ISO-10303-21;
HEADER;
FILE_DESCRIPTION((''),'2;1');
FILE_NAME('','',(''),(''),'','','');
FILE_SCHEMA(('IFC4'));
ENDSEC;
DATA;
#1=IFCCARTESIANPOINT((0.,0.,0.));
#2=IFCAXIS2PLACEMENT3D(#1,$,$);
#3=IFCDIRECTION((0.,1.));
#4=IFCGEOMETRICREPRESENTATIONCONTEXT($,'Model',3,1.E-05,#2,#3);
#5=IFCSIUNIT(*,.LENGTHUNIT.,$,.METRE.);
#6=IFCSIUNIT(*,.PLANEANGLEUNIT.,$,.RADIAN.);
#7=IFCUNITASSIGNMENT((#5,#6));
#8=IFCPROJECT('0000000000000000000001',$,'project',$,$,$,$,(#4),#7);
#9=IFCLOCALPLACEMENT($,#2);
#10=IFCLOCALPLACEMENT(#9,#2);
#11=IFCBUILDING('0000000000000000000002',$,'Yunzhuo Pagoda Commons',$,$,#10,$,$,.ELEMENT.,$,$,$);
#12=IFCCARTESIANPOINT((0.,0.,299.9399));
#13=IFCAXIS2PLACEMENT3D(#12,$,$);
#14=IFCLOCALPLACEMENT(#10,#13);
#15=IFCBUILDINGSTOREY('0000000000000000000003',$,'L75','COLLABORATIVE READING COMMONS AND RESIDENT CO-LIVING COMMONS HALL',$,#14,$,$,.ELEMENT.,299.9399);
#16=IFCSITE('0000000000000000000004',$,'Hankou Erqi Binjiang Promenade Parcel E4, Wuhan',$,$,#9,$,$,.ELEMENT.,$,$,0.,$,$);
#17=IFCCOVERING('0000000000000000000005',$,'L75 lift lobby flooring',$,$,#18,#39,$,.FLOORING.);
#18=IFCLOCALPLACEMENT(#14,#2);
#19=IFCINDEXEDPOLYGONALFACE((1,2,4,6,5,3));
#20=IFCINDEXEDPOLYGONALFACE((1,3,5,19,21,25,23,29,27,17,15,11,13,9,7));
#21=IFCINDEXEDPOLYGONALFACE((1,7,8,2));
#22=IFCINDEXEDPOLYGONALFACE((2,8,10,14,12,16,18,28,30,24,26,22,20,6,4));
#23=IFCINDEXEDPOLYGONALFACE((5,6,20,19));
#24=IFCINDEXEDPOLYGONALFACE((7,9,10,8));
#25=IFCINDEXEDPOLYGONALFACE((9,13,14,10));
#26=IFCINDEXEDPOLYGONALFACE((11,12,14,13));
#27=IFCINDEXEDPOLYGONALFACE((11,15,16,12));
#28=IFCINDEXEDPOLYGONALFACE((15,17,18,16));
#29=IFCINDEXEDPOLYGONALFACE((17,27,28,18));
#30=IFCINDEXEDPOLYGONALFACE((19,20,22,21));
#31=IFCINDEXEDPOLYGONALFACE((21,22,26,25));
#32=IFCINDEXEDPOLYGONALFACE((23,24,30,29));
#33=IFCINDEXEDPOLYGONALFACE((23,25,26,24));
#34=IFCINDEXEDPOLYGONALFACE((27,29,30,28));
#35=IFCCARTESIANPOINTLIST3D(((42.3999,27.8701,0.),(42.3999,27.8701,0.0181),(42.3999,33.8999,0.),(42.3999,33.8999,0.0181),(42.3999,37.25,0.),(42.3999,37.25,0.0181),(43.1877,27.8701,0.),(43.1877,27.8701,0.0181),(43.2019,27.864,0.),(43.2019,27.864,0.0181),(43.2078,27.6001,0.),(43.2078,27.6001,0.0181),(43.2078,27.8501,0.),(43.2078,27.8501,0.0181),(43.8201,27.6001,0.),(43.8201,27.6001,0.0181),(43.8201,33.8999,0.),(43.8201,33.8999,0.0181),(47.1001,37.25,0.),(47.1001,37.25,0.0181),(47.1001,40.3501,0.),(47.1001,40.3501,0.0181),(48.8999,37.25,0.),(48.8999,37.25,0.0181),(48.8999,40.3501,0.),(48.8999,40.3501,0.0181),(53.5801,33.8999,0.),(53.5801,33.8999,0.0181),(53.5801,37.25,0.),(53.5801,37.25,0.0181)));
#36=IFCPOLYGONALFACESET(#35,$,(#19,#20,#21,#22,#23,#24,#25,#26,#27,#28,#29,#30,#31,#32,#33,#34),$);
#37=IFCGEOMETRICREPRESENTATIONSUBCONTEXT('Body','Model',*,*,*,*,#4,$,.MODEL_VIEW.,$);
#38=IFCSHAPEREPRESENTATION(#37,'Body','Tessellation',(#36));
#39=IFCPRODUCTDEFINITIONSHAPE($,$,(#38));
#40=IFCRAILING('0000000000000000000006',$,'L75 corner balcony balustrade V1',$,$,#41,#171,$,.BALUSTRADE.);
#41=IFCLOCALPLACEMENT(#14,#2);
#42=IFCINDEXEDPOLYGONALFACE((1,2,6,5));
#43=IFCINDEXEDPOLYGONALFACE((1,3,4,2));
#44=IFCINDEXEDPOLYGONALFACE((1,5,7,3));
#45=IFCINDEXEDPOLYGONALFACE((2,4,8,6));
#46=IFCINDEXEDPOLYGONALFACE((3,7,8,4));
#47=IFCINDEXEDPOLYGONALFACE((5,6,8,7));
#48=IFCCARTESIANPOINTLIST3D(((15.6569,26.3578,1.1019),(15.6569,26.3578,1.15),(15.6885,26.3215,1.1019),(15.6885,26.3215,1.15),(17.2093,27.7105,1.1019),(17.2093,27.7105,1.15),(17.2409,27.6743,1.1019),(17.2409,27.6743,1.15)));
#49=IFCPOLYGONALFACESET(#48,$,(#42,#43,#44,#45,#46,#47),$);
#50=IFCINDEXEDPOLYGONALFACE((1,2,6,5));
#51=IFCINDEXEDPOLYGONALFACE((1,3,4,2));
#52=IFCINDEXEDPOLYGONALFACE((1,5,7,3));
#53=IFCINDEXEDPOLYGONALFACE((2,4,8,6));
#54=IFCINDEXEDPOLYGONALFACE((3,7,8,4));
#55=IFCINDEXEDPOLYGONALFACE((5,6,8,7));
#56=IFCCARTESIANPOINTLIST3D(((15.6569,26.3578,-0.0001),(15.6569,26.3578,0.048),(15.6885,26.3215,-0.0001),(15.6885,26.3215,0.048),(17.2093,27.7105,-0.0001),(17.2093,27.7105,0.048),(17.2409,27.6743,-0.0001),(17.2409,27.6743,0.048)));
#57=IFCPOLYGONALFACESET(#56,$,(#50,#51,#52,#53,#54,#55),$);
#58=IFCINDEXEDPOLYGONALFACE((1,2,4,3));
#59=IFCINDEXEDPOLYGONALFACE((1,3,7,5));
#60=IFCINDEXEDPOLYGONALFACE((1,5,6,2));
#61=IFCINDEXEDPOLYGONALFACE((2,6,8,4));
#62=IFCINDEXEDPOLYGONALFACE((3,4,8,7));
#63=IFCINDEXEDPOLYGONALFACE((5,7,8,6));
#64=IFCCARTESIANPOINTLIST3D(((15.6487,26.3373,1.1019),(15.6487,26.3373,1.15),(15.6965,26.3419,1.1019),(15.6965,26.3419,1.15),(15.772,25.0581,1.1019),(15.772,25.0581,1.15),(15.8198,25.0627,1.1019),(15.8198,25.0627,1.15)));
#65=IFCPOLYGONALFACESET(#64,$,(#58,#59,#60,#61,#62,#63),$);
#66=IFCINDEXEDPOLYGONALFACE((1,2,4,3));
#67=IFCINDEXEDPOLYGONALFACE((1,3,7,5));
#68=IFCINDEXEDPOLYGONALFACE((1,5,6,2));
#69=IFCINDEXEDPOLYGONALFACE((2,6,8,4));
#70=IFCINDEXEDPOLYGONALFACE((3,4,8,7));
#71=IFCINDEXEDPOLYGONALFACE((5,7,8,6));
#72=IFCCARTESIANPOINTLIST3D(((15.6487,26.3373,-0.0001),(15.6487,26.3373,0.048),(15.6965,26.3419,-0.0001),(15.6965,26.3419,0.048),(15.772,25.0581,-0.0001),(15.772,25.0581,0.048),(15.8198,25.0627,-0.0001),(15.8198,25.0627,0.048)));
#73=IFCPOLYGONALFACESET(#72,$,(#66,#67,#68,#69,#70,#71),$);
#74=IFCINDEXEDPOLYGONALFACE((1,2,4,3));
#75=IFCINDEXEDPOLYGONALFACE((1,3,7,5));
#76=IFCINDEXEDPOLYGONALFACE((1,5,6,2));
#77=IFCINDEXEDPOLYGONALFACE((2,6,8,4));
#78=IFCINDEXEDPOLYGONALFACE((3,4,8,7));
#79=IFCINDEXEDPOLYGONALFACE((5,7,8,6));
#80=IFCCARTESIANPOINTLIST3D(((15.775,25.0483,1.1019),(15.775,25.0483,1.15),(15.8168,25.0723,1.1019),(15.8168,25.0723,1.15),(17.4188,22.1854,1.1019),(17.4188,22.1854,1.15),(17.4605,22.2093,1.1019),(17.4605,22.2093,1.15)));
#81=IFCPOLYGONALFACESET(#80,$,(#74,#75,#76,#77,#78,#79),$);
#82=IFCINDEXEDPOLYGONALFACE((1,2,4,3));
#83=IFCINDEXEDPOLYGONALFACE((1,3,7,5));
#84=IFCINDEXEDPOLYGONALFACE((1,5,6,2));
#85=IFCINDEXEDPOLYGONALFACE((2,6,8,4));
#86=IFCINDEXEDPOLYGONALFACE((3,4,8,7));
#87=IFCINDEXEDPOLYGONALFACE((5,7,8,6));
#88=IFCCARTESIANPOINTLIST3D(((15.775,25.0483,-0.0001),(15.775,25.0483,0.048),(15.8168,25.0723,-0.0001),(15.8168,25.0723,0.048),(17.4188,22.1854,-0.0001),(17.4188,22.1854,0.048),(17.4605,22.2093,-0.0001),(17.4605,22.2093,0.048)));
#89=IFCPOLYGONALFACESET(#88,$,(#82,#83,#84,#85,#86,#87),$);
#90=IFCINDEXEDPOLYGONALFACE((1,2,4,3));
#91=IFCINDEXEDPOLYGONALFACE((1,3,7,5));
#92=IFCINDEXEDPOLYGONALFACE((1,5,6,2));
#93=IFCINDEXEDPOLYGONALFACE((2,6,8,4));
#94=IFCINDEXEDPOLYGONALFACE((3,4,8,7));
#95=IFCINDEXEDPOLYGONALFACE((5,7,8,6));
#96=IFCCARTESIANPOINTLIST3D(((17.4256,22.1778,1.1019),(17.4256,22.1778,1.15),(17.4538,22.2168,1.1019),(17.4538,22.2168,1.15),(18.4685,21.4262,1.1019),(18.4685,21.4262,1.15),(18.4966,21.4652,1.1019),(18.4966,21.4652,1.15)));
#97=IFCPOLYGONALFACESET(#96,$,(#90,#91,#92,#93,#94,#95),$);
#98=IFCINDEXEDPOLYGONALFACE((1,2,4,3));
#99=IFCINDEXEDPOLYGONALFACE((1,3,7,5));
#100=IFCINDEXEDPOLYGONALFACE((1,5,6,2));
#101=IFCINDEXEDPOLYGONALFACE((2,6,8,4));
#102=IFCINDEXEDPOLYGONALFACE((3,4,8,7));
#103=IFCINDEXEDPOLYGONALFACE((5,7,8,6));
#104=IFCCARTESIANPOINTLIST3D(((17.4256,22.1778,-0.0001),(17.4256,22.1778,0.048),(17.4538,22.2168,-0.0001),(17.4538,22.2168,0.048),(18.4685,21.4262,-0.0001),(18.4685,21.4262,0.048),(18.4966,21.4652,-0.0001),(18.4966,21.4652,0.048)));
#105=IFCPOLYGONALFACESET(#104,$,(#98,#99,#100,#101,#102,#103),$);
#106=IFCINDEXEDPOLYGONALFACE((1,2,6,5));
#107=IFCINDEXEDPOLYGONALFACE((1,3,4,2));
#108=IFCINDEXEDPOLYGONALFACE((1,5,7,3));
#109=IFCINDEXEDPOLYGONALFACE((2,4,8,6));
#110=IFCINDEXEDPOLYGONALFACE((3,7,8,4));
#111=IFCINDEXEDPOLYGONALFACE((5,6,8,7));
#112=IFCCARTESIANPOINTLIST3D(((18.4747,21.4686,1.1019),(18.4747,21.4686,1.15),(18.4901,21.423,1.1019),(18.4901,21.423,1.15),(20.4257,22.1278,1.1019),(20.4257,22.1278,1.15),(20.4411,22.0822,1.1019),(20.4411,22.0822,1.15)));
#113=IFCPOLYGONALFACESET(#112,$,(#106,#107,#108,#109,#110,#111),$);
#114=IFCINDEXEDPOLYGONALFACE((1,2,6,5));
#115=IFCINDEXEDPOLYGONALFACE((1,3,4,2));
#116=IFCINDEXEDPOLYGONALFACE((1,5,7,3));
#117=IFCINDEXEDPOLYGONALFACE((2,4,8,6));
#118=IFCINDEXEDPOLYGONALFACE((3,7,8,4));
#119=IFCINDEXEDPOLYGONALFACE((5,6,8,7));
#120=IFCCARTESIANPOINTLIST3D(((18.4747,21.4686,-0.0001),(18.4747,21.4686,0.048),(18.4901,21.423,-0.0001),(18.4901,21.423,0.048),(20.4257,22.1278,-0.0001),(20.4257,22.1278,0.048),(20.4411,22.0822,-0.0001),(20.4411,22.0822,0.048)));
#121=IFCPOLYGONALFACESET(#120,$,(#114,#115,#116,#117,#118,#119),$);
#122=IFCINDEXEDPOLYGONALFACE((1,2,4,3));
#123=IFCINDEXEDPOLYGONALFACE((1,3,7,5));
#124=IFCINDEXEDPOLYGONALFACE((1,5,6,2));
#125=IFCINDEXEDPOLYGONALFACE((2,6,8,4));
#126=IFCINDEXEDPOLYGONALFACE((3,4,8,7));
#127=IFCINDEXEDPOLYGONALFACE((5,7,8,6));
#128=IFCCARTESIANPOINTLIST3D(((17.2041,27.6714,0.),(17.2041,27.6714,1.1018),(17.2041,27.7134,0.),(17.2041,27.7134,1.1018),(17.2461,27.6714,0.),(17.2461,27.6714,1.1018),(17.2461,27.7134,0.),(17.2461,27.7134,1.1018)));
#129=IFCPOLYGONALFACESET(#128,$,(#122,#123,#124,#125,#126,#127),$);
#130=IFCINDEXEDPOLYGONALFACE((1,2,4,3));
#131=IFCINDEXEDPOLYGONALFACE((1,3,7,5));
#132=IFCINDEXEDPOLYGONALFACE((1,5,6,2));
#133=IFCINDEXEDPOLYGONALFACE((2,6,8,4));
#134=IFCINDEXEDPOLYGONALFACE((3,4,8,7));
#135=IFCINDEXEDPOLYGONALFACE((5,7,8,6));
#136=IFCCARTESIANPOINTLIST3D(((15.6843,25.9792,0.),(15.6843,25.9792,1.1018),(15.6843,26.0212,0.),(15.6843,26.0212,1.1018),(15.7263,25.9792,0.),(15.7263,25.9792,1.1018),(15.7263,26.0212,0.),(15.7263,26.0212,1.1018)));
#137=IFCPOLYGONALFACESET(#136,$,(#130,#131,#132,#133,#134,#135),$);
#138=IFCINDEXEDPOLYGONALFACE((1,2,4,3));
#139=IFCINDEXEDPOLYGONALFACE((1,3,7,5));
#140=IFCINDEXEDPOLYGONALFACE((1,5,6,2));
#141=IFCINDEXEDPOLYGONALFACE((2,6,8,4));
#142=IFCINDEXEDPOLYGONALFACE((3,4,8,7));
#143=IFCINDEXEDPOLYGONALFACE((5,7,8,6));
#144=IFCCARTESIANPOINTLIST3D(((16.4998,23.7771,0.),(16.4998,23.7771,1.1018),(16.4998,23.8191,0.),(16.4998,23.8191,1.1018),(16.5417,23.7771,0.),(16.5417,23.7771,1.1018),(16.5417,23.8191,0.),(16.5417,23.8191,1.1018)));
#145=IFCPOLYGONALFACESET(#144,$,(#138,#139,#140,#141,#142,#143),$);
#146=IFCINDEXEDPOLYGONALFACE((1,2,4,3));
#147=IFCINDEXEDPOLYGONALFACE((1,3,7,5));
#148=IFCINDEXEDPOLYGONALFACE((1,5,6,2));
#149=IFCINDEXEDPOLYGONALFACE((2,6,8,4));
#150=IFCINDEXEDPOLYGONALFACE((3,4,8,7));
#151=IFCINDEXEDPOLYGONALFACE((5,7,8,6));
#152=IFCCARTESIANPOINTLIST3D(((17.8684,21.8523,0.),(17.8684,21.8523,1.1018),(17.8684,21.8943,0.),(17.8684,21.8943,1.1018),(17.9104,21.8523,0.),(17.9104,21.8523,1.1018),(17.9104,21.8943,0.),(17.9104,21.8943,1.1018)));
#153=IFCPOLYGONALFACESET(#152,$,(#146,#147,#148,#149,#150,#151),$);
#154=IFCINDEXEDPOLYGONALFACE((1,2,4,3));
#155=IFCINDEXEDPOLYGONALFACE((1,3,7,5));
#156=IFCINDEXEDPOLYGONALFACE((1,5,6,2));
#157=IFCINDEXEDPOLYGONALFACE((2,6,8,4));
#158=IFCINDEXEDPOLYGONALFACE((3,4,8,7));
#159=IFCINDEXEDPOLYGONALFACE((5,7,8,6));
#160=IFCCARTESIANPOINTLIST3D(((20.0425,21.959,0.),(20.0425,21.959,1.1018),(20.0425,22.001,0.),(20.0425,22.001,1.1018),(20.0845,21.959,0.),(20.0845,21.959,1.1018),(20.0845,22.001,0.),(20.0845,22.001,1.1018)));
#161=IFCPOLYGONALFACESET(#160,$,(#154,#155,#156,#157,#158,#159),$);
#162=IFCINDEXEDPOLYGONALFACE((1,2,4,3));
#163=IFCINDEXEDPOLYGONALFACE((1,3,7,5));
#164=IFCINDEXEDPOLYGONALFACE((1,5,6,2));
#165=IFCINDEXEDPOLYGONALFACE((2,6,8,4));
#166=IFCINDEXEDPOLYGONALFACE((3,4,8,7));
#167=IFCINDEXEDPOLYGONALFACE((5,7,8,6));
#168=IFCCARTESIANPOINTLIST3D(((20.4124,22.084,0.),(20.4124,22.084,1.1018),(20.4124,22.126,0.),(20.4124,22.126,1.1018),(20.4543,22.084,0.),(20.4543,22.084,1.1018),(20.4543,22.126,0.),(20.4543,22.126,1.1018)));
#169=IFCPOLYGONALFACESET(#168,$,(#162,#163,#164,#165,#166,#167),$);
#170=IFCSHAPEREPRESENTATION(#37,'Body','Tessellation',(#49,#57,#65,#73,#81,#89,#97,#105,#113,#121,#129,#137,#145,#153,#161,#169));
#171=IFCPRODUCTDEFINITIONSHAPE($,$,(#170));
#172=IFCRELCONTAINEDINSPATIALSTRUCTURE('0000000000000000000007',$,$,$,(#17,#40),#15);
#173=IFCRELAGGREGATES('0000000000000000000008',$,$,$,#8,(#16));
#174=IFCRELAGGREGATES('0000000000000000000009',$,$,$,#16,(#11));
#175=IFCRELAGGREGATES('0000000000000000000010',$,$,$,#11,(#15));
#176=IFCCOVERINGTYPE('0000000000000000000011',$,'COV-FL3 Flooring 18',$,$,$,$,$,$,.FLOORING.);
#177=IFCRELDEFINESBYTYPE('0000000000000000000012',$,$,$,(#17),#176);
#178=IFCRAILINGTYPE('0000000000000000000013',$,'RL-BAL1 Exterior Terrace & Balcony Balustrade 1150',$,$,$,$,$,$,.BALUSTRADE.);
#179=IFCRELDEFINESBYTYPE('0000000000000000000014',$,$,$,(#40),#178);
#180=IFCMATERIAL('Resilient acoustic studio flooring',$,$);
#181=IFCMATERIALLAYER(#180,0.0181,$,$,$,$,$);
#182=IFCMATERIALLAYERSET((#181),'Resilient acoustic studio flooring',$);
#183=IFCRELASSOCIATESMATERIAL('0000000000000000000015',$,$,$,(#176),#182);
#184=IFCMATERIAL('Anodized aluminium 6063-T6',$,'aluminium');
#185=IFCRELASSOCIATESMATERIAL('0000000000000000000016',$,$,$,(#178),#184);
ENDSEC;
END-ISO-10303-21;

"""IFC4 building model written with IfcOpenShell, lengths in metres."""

from ifc_helpers import new_model, si_unit, direction, frame, origin, origin_2d, place, context, subcontext, project, spatial, polyline, rectangle, outline, extrude, material, layer, layer_set, type_object, element, save


model = new_model("IFC4")

# Units and contexts
model_context = context("Model", 3, precision=1e-05, world=origin(), true_north=direction((0.0, 1.0)))
body_context = subcontext(model_context, "Body", "Model", "MODEL_VIEW")
ifc_project = project(units=[si_unit("LENGTHUNIT", "METRE"), si_unit("PLANEANGLEUNIT", "RADIAN")], contexts=[model_context])

# Site, building, storey
site_placement = place(None, origin())
site = spatial("IfcSite", under=ifc_project, at=site_placement, Name="Hankou Erqi Binjiang Promenade Parcel E4, Wuhan", CompositionType="ELEMENT", RefElevation=0.0)
building_placement = place(site_placement, origin())
building = spatial("IfcBuilding", under=site, at=building_placement, Name="Yunzhuo Pagoda Commons", CompositionType="ELEMENT")
storey_placement = place(building_placement, frame((0.0, 0.0, 299.9399)))
storey = spatial("IfcBuildingStorey", under=building, at=storey_placement, Name="L75", Description="COLLABORATIVE READING COMMONS AND RESIDENT CO-LIVING COMMONS HALL", CompositionType="ELEMENT", Elevation=299.9399)

# Shared definitions
ifc_material_1 = material(Name="Anodized aluminium 6063-T6", Category="aluminium")

# Covering
ifc_material_2 = material(Name="Resilient acoustic studio flooring")
ifc_layer_1 = layer(ifc_material_2, 0.0181)
ifc_layer_set_1 = layer_set([ifc_layer_1], Name="Resilient acoustic studio flooring")
covering_type_1 = type_object("IfcCoveringType", Name="COV-FL3 Flooring 18", PredefinedType="FLOORING", material=ifc_layer_set_1)
covering_1_placement = place(storey_placement, origin())
element("IfcCovering", 1, at=covering_1_placement, inside=storey, type_object=covering_type_1, Name="L75 lift lobby flooring", PredefinedType="FLOORING", context=body_context, shape_type="SweptSolid", body=[
    extrude(outline(polyline([(43.2078, 27.8501), (43.2019, 27.864), (43.1877, 27.8701), (42.3999, 27.8701), (42.3999, 33.8999), (42.3999, 37.25), (47.1001, 37.25), (47.1001, 40.3501), (48.8999, 40.3501), (48.8999, 37.25), (53.5801, 37.25), (53.5801, 33.8999), (43.8201, 33.8999), (43.8201, 27.6001), (43.2078, 27.6001), (43.2078, 27.8501)])), origin(), (0.0, 0.0, 1.0), 0.0181),
])

# Railing
railing_type = type_object("IfcRailingType", Name="RL-BAL1 Exterior Terrace & Balcony Balustrade 1150", PredefinedType="BALUSTRADE", material=ifc_material_1)
railing_placement = place(storey_placement, frame((17.2251, 27.6924, 0.0)))
element("IfcRailing", 2, at=railing_placement, inside=storey, type_object=railing_type, Name="L75 corner balcony balustrade V1", PredefinedType="BALUSTRADE", context=body_context, shape_type="SweptSolid", body=[
    extrude(rectangle(XDim=0.0481, YDim=0.0481, at=origin_2d()), frame((0.0, 0.0, 1.126), z_axis=(-0.753934, -0.65695, 0.0), x_axis=(0.65695, -0.753934, 0.0)), (0.0, 0.0, 1.0), 2.0591),
    extrude(rectangle(XDim=0.0481, YDim=0.0481, at=origin_2d()), frame((0.0, 0.0, 0.0239), z_axis=(-0.753934, -0.65695, 0.0), x_axis=(0.65695, -0.753934, 0.0)), (0.0, 0.0, 1.0), 2.0591),
    extrude(rectangle(XDim=0.0481, YDim=0.0481, at=origin_2d()), frame((-1.5525, -1.3528, 1.126), z_axis=(0.09593, -0.995388, 0.0), x_axis=(0.995388, 0.09593, 0.0)), (0.0, 0.0, 1.0), 1.2852),
    extrude(rectangle(XDim=0.0481, YDim=0.0481, at=origin_2d()), frame((-1.5525, -1.3528, 0.0239), z_axis=(0.09593, -0.995388, 0.0), x_axis=(0.995388, 0.09593, 0.0)), (0.0, 0.0, 1.0), 1.2852),
    extrude(rectangle(XDim=0.0481, YDim=0.0481, at=origin_2d()), frame((-1.4292, -2.6321, 1.126), z_axis=(0.497914, -0.867226, 0.0), x_axis=(0.867226, 0.497914, 0.0)), (0.0, 0.0, 1.0), 3.3013),
    extrude(rectangle(XDim=0.0481, YDim=0.0481, at=origin_2d()), frame((-1.4292, -2.6321, 0.0239), z_axis=(0.497914, -0.867226, 0.0), x_axis=(0.867226, 0.497914, 0.0)), (0.0, 0.0, 1.0), 3.3013),
    extrude(rectangle(XDim=0.0481, YDim=0.0481, at=origin_2d()), frame((0.2146, -5.4951, 1.126), z_axis=(0.811275, -0.584665, 0.0), x_axis=(0.584665, 0.811275, 0.0)), (0.0, 0.0, 1.0), 1.2854),
    extrude(rectangle(XDim=0.0481, YDim=0.0481, at=origin_2d()), frame((0.2146, -5.4951, 0.0239), z_axis=(0.811275, -0.584665, 0.0), x_axis=(0.584665, 0.811275, 0.0)), (0.0, 0.0, 1.0), 1.2854),
    extrude(rectangle(XDim=0.0481, YDim=0.0481, at=origin_2d()), frame((1.2573, -6.2466, 1.126), z_axis=(0.947383, 0.320102, 0.0), x_axis=(-0.320102, 0.947383, 0.0)), (0.0, 0.0, 1.0), 2.0593),
    extrude(rectangle(XDim=0.0481, YDim=0.0481, at=origin_2d()), frame((1.2573, -6.2466, 0.0239), z_axis=(0.947383, 0.320102, 0.0), x_axis=(-0.320102, 0.947383, 0.0)), (0.0, 0.0, 1.0), 2.0593),
    extrude(rectangle(XDim=0.042, YDim=0.042, at=origin_2d()), origin(), (0.0, 0.0, 1.0), 1.1018),
    extrude(rectangle(XDim=0.042, YDim=0.042, at=origin_2d()), frame((-1.5198, -1.6921, 0.0)), (0.0, 0.0, 1.0), 1.1018),
    extrude(rectangle(XDim=0.042, YDim=0.042, at=origin_2d()), frame((-0.7043, -3.8943, 0.0)), (0.0, 0.0, 1.0), 1.1018),
    extrude(rectangle(XDim=0.042, YDim=0.042, at=origin_2d()), frame((0.6643, -5.8191, 0.0)), (0.0, 0.0, 1.0), 1.1018),
    extrude(rectangle(XDim=0.042, YDim=0.042, at=origin_2d()), frame((2.8384, -5.7124, 0.0)), (0.0, 0.0, 1.0), 1.1018),
    extrude(rectangle(XDim=0.042, YDim=0.042, at=origin_2d()), frame((3.2083, -5.5874, 0.0)), (0.0, 0.0, 1.0), 1.1018),
])

save(model, "model.ifc")
